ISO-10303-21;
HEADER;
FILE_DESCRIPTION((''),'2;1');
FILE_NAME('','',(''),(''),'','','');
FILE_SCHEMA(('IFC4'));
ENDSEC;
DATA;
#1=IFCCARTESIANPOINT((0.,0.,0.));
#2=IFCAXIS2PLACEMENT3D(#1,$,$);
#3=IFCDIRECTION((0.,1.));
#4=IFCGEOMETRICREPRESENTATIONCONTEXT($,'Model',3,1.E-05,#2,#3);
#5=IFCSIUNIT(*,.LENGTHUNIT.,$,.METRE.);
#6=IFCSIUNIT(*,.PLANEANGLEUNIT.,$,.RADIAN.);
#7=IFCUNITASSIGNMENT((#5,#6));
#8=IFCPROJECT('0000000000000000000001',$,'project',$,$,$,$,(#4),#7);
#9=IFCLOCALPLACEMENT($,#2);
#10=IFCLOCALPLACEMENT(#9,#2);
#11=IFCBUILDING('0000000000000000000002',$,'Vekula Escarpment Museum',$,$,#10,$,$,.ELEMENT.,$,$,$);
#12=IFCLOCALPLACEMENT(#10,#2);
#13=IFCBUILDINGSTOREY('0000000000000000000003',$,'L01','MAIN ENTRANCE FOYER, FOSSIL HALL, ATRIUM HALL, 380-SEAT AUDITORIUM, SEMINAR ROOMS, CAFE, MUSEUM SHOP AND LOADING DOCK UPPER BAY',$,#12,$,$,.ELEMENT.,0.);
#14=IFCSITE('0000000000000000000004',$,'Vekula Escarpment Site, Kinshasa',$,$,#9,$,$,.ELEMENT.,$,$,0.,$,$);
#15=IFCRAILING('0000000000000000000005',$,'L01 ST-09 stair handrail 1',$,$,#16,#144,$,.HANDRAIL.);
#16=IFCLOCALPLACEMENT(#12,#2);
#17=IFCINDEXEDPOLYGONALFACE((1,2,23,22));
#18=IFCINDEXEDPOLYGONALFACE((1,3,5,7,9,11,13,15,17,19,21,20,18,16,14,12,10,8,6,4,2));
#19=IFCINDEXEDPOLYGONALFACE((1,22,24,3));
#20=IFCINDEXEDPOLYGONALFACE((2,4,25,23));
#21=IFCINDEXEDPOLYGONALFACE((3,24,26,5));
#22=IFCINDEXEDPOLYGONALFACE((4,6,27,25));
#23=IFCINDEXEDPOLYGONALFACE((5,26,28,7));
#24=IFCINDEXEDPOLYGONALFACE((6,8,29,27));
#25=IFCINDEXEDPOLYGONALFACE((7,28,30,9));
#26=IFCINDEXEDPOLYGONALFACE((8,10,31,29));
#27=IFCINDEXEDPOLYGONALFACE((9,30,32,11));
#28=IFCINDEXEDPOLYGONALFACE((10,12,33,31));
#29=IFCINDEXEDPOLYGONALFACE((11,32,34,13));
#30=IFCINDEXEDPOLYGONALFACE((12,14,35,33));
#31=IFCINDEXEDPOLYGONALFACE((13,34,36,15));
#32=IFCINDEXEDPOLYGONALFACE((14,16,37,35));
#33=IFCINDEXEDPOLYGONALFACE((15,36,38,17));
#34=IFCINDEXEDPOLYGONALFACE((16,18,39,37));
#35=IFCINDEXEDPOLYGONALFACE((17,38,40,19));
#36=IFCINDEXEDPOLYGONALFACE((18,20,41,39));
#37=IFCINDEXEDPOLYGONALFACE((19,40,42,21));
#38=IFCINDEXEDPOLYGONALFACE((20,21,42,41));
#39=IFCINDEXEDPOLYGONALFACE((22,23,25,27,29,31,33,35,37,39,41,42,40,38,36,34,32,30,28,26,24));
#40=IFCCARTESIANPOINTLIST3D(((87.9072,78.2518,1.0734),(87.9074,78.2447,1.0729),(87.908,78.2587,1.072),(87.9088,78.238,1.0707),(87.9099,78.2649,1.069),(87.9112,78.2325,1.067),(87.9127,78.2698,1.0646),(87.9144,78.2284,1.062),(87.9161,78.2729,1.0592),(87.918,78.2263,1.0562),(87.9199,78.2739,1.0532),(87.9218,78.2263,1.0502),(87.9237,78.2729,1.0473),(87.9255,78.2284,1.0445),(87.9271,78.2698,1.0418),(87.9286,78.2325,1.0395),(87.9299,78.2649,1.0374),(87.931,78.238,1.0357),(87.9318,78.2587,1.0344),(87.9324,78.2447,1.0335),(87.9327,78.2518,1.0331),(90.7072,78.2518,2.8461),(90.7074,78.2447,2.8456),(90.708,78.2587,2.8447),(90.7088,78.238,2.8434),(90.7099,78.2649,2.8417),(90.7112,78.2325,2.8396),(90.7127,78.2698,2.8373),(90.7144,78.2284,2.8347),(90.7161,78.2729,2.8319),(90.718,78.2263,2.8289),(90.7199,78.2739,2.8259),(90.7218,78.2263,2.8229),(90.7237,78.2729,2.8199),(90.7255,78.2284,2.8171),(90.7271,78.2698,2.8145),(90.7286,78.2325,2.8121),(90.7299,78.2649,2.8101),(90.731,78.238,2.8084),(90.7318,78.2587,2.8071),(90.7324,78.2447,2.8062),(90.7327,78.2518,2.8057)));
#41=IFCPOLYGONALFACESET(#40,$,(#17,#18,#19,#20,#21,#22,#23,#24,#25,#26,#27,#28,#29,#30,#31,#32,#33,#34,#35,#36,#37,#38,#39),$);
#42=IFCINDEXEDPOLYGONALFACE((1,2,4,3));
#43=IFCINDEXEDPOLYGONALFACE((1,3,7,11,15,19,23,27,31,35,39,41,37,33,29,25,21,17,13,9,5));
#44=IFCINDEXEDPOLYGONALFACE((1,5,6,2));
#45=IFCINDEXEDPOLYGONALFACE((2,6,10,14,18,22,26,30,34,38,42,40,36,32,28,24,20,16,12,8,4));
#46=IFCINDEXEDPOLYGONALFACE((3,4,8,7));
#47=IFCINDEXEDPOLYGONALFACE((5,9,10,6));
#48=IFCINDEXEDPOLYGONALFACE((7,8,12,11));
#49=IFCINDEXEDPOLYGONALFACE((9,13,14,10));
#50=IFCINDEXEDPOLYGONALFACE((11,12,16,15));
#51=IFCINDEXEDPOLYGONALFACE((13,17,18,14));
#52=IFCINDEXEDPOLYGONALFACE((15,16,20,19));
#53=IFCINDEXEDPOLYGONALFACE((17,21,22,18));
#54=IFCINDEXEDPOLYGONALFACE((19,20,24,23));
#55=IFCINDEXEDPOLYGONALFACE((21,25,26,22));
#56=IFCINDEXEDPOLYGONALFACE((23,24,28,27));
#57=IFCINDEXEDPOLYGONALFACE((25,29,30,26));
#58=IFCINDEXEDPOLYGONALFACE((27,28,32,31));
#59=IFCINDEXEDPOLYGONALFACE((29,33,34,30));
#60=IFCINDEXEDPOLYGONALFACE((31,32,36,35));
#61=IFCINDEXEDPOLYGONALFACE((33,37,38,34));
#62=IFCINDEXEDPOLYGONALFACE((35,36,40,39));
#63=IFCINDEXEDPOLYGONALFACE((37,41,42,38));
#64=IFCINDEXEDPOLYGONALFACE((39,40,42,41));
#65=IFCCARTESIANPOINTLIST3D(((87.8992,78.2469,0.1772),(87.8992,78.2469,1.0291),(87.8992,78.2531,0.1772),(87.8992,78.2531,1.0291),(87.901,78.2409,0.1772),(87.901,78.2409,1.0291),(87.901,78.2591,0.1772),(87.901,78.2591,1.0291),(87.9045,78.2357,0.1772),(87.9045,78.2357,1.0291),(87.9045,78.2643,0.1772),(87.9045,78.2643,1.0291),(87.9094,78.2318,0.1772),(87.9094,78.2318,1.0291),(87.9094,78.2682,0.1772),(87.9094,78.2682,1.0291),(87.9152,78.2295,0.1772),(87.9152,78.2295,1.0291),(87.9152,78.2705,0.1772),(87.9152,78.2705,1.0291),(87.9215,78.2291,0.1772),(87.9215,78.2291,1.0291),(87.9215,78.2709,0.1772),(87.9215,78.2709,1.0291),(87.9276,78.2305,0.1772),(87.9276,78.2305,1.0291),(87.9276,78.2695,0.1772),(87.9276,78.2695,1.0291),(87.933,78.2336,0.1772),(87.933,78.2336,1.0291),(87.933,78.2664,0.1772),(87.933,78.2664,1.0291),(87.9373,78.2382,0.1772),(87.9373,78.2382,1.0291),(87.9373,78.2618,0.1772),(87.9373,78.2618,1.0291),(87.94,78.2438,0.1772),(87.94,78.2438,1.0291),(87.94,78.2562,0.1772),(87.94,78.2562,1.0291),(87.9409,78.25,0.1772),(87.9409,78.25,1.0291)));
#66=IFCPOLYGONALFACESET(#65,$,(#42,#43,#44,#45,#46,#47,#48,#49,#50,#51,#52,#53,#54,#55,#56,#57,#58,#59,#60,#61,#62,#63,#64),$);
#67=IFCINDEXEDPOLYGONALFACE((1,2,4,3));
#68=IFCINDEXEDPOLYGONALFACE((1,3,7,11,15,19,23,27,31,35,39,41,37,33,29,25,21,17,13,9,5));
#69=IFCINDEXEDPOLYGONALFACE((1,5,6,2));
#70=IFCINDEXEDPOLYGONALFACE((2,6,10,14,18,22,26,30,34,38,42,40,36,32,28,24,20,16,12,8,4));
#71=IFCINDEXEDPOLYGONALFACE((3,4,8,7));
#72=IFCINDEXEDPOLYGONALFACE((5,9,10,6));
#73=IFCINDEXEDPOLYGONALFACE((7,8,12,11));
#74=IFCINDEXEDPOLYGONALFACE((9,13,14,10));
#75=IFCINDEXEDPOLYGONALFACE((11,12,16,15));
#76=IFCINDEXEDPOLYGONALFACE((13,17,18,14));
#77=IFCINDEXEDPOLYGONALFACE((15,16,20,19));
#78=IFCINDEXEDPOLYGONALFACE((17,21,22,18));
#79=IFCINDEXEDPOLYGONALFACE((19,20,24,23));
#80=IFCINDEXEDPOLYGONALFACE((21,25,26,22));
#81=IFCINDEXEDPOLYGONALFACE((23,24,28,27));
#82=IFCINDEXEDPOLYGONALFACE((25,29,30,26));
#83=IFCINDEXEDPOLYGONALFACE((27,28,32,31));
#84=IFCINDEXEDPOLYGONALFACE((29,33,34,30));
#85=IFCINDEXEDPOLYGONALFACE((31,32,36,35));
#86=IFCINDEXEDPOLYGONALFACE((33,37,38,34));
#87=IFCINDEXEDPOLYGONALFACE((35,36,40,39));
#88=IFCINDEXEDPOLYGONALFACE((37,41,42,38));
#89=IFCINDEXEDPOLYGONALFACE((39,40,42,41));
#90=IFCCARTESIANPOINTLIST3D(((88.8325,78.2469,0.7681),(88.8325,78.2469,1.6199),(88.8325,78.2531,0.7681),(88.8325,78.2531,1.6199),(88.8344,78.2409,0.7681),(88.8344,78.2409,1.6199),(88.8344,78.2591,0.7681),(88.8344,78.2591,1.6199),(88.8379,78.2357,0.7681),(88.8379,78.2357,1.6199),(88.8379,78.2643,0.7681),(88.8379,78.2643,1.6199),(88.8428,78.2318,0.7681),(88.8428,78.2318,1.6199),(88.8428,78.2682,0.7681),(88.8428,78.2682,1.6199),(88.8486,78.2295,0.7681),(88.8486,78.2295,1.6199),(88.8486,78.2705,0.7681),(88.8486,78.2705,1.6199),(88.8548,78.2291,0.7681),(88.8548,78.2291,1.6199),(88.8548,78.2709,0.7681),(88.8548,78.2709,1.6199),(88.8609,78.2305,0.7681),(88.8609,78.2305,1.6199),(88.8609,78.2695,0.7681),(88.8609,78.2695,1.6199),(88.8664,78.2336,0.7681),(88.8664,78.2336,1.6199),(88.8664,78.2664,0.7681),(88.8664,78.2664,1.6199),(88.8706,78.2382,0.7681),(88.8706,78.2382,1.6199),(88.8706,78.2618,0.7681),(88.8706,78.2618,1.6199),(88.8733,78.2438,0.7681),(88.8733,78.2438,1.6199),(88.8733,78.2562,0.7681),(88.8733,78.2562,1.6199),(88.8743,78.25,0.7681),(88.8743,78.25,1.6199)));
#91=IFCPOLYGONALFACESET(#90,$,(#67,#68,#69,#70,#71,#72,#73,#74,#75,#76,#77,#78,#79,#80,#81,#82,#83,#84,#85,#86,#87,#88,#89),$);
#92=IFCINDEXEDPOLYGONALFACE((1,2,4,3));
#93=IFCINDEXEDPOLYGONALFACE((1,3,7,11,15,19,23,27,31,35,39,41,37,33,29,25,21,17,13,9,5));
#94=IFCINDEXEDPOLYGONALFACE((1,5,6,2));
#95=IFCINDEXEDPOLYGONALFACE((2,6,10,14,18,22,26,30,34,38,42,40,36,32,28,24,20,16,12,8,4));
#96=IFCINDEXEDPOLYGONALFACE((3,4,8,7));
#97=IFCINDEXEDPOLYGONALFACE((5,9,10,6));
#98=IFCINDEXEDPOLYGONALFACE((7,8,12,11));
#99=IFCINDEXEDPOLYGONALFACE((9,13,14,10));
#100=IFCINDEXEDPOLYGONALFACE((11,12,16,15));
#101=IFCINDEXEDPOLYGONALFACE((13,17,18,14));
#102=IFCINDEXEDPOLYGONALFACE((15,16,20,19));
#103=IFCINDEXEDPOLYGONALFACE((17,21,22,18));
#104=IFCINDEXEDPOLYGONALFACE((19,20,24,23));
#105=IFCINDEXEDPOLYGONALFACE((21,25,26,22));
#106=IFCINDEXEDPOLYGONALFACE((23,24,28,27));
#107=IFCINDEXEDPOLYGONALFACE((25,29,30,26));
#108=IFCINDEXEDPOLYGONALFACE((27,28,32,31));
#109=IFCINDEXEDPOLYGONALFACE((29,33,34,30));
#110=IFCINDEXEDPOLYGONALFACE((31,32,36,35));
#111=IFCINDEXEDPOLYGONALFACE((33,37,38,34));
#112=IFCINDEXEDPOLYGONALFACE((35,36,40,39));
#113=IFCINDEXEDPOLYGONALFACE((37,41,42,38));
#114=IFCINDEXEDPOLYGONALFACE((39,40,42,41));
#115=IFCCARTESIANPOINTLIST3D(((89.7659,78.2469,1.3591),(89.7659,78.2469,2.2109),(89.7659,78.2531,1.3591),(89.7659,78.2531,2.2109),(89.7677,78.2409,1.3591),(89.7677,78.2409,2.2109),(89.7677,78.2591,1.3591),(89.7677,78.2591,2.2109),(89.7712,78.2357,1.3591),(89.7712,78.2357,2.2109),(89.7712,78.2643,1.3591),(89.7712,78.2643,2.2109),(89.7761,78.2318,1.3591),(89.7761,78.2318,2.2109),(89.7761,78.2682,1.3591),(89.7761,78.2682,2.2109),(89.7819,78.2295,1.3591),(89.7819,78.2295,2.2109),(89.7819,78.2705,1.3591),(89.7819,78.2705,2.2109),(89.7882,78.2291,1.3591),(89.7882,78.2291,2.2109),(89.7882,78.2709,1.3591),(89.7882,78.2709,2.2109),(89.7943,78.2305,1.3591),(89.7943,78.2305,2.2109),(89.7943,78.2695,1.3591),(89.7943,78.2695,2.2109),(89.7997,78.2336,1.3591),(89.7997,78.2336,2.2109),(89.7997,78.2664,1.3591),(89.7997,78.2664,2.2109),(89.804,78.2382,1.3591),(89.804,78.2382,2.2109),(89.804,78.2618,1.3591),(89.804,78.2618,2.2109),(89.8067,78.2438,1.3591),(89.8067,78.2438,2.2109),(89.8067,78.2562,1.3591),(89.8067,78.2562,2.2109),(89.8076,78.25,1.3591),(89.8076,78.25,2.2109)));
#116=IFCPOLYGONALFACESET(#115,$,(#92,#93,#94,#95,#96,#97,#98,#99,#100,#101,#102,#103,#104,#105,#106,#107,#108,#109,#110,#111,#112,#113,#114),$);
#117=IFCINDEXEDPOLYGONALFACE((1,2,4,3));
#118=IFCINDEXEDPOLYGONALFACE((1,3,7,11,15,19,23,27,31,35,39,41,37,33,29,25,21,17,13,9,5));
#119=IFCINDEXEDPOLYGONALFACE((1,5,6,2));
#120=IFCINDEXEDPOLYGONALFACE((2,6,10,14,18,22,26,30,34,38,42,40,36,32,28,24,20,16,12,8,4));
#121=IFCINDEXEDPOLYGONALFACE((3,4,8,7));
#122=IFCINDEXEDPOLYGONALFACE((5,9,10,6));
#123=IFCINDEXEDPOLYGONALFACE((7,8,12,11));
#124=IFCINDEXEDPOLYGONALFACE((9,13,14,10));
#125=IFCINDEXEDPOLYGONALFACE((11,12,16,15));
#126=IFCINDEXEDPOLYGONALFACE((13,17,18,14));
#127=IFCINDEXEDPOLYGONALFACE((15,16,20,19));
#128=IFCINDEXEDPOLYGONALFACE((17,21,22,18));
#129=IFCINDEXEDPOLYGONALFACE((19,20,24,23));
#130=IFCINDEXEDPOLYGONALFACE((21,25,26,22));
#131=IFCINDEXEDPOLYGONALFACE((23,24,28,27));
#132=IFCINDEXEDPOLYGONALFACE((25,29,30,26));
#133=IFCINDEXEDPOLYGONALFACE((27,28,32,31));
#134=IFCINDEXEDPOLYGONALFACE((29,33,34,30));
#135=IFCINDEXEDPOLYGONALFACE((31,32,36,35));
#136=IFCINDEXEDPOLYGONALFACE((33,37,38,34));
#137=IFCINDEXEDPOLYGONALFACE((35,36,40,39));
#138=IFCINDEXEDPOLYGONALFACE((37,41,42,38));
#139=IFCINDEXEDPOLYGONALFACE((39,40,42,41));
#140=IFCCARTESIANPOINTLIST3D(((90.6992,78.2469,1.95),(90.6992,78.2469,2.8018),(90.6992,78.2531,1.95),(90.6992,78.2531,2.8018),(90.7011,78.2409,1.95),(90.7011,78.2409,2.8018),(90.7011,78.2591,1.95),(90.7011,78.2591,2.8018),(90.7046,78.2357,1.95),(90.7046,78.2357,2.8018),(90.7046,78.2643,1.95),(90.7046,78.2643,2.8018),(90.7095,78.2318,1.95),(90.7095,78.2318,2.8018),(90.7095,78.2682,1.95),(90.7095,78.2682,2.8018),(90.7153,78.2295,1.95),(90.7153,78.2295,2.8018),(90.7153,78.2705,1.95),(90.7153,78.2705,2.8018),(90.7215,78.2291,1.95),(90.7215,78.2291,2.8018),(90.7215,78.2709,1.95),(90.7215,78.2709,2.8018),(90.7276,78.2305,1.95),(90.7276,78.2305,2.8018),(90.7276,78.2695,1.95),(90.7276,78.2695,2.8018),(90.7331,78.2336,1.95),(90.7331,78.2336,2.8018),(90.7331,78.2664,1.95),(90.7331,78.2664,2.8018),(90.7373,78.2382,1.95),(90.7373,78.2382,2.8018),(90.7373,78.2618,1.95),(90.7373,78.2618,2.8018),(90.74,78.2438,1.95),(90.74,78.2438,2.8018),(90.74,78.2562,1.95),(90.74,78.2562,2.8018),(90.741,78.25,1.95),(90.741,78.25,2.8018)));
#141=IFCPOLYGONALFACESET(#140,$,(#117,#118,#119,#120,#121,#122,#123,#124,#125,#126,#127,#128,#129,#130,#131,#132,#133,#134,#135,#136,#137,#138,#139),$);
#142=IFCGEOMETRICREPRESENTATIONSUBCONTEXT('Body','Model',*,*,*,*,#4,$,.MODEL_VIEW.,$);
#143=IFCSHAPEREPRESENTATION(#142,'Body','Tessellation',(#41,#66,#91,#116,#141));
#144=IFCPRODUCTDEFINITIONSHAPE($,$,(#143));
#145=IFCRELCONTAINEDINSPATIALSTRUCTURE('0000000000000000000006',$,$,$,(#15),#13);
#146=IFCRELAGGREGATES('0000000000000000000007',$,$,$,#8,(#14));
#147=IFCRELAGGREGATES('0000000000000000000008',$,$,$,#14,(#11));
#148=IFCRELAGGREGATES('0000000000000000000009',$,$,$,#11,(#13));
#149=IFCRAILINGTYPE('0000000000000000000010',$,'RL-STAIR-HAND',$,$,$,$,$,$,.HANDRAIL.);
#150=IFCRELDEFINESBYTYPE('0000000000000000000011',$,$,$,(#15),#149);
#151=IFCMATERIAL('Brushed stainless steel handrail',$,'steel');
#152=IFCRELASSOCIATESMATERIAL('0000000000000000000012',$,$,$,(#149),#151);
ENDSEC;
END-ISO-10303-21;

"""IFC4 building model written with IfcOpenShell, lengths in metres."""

from ifc_helpers import new_model, si_unit, direction, frame, origin, origin_2d, place, context, subcontext, project, spatial, circle, extrude, material, type_object, element, save


model = new_model("IFC4")

# Units and contexts
model_context = context("Model", 3, precision=1e-05, world=origin(), true_north=direction((0.0, 1.0)))
body_context = subcontext(model_context, "Body", "Model", "MODEL_VIEW")
ifc_project = project(units=[si_unit("LENGTHUNIT", "METRE"), si_unit("PLANEANGLEUNIT", "RADIAN")], contexts=[model_context])

# Site, building, storey
site_placement = place(None, origin())
site = spatial("IfcSite", under=ifc_project, at=site_placement, Name="Vekula Escarpment Site, Kinshasa", CompositionType="ELEMENT", RefElevation=0.0)
building_placement = place(site_placement, origin())
building = spatial("IfcBuilding", under=site, at=building_placement, Name="Vekula Escarpment Museum", CompositionType="ELEMENT")
storey_placement = place(building_placement, origin())
storey = spatial("IfcBuildingStorey", under=building, at=storey_placement, Name="L01", Description="MAIN ENTRANCE FOYER, FOSSIL HALL, ATRIUM HALL, 380-SEAT AUDITORIUM, SEMINAR ROOMS, CAFE, MUSEUM SHOP AND LOADING DOCK UPPER BAY", CompositionType="ELEMENT", Elevation=0.0)

# Railing
ifc_material_1 = material(Name="Brushed stainless steel handrail", Category="steel")
railing_type_1 = type_object("IfcRailingType", Name="RL-STAIR-HAND", PredefinedType="HANDRAIL", material=ifc_material_1)
for number, where, name in (
    (1, (87.9199, 78.25, 0.1772), "L01 ST-09 stair handrail 1"),
):
    element("IfcRailing", number, at=place(storey_placement, frame(where)), inside=storey, type_object=railing_type_1, Name=name, PredefinedType="HANDRAIL", context=body_context, shape_type="SweptSolid", body=[
        extrude(circle(Radius=0.0239, at=origin_2d()), frame((0.0, 0.0, 0.876), z_axis=(0.844909, 0.0, 0.53491), x_axis=(0.0, 1.0, 0.0)), (0.0, 0.0, 1.0), 3.314),
        extrude(circle(Radius=0.021, at=origin_2d()), origin(), (0.0, 0.0, 1.0), 0.8518),
        extrude(circle(Radius=0.021, at=origin_2d()), frame((0.9333, 0.0, 0.5908)), (0.0, 0.0, 1.0), 0.8518),
        extrude(circle(Radius=0.021, at=origin_2d()), frame((1.8667, 0.0, 1.1819)), (0.0, 0.0, 1.0), 0.8518),
        extrude(circle(Radius=0.021, at=origin_2d()), frame((2.8, 0.0, 1.7727)), (0.0, 0.0, 1.0), 0.8518),
    ])

save(model, "model.ifc")
